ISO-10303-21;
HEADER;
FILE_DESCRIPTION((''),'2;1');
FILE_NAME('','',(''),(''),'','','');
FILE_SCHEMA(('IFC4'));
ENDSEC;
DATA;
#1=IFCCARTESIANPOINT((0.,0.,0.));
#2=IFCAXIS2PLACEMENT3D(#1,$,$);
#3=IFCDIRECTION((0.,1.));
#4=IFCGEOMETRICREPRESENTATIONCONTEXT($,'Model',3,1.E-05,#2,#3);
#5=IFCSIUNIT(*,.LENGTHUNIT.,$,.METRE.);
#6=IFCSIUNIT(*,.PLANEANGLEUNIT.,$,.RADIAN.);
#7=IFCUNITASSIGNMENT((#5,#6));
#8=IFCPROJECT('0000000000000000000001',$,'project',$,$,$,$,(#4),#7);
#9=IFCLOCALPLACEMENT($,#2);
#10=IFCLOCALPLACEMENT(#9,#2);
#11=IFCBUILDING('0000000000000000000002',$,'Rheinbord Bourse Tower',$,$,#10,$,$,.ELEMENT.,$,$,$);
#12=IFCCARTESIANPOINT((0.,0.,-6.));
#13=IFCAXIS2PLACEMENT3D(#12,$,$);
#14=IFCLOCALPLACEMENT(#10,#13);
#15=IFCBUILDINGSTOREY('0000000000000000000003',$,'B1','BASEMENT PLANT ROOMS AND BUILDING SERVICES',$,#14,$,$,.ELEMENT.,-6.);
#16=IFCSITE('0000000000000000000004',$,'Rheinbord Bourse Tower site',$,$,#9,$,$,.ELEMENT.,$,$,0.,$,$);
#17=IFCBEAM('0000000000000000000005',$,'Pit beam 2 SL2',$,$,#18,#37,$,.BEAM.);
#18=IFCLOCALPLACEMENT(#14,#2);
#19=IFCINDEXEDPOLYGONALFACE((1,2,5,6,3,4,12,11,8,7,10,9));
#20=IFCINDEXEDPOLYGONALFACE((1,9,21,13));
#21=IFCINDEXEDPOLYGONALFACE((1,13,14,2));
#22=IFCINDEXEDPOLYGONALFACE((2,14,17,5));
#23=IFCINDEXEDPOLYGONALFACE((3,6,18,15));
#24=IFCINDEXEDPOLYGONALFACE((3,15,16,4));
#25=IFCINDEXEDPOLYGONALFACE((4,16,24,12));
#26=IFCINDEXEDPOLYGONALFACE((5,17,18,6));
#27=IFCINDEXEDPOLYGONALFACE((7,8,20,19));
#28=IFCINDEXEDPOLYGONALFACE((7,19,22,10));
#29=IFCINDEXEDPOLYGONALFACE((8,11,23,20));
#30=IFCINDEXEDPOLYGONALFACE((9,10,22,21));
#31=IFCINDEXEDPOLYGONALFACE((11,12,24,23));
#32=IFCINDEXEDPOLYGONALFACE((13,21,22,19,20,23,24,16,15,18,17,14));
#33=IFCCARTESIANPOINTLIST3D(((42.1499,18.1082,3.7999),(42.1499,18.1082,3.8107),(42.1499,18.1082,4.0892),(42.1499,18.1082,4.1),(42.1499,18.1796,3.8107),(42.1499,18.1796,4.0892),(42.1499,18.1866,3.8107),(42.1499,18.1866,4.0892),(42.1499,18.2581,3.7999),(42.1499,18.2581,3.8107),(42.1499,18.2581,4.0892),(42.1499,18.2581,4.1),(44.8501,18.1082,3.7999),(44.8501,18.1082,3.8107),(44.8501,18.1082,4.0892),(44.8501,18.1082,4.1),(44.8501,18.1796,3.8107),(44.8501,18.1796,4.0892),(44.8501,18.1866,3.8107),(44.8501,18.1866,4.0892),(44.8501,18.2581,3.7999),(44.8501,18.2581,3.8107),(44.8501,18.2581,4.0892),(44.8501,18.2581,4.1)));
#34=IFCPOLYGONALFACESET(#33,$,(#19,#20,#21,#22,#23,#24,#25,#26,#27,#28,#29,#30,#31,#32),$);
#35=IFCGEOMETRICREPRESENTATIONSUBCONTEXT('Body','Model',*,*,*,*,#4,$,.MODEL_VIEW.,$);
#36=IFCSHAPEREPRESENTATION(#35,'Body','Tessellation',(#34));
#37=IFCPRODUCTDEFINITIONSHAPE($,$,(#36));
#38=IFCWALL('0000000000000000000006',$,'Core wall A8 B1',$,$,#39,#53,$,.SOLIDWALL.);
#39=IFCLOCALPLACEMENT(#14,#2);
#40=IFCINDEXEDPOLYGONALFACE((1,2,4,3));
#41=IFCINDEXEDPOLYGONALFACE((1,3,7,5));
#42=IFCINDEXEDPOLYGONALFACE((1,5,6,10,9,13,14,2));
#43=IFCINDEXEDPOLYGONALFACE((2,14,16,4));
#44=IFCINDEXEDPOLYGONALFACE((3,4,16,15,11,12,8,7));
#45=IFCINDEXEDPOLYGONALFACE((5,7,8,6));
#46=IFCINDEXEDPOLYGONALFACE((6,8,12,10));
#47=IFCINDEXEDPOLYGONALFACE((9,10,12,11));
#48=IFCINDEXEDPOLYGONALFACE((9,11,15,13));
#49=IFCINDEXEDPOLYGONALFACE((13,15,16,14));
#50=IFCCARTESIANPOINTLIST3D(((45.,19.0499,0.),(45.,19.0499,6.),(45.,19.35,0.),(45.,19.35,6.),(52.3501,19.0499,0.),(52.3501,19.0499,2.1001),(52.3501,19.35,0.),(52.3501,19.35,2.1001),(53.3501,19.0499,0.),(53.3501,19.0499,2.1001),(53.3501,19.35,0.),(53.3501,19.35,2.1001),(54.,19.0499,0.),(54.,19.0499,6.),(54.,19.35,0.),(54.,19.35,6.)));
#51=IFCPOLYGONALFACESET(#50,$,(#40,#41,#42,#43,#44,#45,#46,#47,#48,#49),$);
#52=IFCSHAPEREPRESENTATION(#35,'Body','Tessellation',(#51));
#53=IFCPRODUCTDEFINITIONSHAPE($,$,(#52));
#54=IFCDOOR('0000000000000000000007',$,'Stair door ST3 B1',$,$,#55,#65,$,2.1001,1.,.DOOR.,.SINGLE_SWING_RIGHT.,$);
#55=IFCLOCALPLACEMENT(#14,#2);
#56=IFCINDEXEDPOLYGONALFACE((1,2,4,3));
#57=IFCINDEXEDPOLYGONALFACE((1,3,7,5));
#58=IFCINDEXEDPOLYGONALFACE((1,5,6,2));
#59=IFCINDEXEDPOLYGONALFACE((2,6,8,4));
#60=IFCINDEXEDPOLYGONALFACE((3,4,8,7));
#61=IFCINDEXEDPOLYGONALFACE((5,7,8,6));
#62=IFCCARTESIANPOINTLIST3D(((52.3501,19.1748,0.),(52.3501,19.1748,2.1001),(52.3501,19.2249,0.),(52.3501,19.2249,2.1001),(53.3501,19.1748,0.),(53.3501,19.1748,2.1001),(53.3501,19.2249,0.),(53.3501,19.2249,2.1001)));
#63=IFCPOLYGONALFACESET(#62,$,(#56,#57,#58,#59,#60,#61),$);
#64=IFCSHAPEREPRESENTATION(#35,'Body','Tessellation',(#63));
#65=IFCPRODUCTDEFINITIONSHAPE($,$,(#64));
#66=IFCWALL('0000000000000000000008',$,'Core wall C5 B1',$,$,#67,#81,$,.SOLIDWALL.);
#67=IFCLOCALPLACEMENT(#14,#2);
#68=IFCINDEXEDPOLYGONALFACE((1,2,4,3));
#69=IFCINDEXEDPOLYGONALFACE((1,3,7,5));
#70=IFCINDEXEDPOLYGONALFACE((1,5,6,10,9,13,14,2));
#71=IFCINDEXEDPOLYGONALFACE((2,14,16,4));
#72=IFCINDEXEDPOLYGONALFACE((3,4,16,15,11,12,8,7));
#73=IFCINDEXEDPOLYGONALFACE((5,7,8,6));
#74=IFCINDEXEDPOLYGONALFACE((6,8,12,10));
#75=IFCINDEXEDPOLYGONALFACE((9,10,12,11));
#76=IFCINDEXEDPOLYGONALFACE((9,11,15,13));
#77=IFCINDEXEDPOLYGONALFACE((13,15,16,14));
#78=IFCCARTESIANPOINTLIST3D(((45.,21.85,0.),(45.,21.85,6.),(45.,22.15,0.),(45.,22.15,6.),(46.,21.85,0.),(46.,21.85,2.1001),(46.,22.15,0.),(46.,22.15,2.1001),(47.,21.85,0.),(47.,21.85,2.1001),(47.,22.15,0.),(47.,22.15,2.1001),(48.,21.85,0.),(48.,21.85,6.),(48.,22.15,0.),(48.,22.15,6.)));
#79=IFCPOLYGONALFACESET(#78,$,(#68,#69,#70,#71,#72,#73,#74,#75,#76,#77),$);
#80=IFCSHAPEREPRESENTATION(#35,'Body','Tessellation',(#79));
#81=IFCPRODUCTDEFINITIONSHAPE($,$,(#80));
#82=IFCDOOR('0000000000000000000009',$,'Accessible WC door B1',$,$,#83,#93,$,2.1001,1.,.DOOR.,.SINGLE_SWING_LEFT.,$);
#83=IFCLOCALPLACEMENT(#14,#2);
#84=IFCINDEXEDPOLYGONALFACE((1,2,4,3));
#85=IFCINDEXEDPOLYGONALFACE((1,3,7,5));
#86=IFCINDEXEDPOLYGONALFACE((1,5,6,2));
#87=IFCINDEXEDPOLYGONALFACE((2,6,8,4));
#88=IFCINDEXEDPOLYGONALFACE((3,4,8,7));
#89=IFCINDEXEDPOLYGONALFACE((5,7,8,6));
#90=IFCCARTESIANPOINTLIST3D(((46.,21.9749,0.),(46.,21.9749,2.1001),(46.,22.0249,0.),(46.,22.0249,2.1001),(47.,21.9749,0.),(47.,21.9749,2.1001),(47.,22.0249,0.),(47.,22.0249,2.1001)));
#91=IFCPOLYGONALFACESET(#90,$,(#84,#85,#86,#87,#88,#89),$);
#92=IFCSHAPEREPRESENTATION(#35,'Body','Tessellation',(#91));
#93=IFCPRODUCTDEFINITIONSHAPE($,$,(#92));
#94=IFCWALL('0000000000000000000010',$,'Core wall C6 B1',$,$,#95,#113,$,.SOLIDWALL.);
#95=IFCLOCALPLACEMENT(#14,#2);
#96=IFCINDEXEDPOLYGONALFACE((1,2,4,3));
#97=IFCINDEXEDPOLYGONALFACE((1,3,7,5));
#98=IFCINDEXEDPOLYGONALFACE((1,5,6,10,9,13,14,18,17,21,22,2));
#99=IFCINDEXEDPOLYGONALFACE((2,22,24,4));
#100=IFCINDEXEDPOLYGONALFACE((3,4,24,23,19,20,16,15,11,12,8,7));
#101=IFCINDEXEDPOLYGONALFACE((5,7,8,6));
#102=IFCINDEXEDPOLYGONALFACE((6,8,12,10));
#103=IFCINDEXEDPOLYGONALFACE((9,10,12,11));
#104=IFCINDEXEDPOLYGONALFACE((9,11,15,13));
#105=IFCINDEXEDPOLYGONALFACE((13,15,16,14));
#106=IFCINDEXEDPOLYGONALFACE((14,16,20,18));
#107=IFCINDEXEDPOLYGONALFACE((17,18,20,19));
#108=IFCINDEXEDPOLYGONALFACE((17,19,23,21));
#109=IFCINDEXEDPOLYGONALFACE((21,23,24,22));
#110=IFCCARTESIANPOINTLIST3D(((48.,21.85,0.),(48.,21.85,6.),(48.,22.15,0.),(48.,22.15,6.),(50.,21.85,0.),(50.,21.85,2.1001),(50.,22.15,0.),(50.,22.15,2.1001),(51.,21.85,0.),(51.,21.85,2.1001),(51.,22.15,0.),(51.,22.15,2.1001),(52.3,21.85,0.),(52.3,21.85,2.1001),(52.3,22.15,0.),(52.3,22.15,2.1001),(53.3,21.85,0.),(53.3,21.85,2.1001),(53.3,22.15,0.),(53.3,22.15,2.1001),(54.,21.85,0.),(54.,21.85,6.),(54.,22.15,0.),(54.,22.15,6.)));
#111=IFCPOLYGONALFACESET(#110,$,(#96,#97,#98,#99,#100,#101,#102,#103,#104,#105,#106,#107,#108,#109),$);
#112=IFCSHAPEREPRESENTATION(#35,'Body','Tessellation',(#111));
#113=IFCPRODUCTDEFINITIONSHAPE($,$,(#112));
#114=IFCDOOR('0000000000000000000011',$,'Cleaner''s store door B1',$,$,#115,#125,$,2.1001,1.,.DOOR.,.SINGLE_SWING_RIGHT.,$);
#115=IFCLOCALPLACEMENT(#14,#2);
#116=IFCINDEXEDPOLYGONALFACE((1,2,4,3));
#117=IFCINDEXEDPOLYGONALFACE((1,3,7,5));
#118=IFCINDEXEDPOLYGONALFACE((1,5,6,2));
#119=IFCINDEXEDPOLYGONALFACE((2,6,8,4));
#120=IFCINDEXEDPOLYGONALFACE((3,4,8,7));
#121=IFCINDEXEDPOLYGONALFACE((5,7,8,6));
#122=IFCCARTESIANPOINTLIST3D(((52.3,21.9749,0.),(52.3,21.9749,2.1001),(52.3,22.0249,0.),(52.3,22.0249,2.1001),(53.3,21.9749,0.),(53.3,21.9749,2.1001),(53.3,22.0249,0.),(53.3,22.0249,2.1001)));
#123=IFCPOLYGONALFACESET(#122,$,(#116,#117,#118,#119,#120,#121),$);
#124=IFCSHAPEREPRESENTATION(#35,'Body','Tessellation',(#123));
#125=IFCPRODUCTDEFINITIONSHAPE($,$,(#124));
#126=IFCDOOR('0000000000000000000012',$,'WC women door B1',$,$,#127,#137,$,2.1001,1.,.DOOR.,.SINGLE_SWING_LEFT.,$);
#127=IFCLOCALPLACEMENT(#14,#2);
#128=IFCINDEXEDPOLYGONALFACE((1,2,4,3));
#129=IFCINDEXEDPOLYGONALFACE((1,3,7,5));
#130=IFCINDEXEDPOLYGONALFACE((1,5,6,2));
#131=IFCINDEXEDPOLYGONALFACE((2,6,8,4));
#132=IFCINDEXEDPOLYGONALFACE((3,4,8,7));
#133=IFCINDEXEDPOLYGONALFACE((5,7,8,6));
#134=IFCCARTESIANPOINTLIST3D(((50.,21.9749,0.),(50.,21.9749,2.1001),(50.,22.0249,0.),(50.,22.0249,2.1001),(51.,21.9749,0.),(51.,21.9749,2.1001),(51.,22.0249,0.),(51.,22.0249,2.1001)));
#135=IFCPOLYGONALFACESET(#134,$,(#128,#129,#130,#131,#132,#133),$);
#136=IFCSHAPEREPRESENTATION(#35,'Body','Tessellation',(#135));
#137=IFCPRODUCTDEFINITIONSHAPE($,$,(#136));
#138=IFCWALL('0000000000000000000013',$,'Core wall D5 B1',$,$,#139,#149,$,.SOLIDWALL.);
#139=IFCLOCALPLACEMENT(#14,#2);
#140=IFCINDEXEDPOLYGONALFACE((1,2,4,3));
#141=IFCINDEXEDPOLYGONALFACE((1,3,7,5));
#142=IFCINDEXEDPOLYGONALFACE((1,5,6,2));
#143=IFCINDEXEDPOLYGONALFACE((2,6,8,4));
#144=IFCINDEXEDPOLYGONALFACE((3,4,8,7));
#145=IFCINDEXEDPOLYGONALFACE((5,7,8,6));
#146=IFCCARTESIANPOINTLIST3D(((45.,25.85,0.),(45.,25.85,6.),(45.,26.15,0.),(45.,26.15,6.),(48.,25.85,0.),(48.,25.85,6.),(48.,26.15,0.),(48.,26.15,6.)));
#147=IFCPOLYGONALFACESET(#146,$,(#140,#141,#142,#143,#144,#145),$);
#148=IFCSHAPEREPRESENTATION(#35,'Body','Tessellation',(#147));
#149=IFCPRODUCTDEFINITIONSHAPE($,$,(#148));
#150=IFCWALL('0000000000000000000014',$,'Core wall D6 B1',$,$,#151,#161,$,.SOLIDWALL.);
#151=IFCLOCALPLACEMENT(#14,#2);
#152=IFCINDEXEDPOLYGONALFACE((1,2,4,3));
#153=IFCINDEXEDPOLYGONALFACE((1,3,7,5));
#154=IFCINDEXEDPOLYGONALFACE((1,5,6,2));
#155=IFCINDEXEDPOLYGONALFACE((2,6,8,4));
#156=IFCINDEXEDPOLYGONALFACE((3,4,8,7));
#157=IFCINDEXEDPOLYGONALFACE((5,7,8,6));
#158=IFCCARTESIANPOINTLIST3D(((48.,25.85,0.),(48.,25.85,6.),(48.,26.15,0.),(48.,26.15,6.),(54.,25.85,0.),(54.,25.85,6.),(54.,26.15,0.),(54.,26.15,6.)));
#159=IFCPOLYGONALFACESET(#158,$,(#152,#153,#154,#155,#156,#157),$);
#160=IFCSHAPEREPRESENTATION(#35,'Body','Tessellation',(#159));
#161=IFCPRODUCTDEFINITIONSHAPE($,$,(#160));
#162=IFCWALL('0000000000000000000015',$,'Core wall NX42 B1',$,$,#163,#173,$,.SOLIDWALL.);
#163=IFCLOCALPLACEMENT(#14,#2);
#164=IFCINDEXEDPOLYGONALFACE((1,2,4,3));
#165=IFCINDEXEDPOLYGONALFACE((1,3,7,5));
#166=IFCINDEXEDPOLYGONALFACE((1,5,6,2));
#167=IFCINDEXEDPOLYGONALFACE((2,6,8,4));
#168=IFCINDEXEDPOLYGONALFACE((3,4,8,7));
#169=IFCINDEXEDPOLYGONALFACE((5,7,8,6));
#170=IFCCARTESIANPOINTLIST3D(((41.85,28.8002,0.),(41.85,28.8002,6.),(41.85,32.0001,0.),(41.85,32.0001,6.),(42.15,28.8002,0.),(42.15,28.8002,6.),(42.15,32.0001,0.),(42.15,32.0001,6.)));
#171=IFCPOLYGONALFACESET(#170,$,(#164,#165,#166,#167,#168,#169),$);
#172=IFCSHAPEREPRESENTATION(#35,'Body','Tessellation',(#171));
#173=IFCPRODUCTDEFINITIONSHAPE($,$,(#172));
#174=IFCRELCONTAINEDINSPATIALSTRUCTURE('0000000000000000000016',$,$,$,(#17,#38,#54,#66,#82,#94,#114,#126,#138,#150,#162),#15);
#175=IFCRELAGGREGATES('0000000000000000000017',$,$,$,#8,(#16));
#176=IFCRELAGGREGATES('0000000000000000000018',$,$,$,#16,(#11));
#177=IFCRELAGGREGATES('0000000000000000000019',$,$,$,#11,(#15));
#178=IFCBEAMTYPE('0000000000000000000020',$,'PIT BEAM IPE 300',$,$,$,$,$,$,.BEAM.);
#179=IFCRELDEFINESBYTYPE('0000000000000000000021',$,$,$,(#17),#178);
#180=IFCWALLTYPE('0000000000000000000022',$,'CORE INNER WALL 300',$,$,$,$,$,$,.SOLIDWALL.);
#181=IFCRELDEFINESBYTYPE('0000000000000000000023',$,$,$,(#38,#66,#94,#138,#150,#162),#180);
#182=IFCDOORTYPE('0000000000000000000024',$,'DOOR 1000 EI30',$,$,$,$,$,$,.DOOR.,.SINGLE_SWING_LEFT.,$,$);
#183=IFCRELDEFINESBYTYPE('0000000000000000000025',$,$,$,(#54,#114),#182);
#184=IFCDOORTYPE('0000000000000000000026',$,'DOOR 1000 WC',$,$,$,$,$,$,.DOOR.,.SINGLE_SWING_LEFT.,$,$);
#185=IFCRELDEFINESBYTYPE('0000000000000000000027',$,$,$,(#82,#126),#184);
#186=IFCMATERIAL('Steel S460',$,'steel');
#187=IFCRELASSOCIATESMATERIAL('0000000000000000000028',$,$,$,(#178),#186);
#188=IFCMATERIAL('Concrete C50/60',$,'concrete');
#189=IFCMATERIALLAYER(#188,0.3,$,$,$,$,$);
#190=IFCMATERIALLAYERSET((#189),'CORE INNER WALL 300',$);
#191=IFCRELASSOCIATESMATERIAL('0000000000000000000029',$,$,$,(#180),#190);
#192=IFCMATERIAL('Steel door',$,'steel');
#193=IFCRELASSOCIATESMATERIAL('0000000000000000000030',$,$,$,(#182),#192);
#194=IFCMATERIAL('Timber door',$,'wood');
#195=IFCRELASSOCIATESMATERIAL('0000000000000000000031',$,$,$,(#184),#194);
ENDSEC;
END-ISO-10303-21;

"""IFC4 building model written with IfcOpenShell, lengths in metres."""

from ifc_helpers import new_model, si_unit, direction, frame, frame_2d, origin, origin_2d, place, context, subcontext, project, spatial, rectangle, i_section, extrude, material, layer, layer_set, material_profile, profile_set, type_object, element, fill, save


model = new_model("IFC4")

# Units and contexts
model_context = context("Model", 3, precision=1e-05, world=origin(), true_north=direction((0.0, 1.0)))
body_context = subcontext(model_context, "Body", "Model", "MODEL_VIEW")
ifc_project = project(units=[si_unit("LENGTHUNIT", "METRE"), si_unit("PLANEANGLEUNIT", "RADIAN")], contexts=[model_context])

# Site, building, storey
site_placement = place(None, origin())
site = spatial("IfcSite", under=ifc_project, at=site_placement, Name="Rheinbord Bourse Tower site", CompositionType="ELEMENT", RefElevation=0.0)
building_placement = place(site_placement, origin())
building = spatial("IfcBuilding", under=site, at=building_placement, Name="Rheinbord Bourse Tower", CompositionType="ELEMENT")
storey_placement = place(building_placement, frame((0.0, 0.0, -6.0)))
storey = spatial("IfcBuildingStorey", under=building, at=storey_placement, Name="B1", Description="BASEMENT PLANT ROOMS AND BUILDING SERVICES", CompositionType="ELEMENT", Elevation=-6.0)

# Beam
ifc_material_1 = material(Name="Steel S460", Category="steel")
ifc_material_profile_1 = material_profile(ifc_material_1, i_section(OverallWidth=0.1499, OverallDepth=0.3, WebThickness=0.0071, FlangeThickness=0.0107, at=origin_2d()), Name="IPE 300")
ifc_profile_set_1 = profile_set([ifc_material_profile_1], Name="Steel S460")
beam_type = type_object("IfcBeamType", Name="PIT BEAM IPE 300", PredefinedType="BEAM", material=ifc_profile_set_1)
for number, where, z_axis, x_axis, name in (
    (1, (42.1499, 18.1831, 3.95), (1.0, 0.0, 0.0), (0.0, 1.0, 0.0), "Pit beam 2 SL2"),
):
    element("IfcBeam", number, at=place(storey_placement, frame(where, z_axis=z_axis, x_axis=x_axis)), inside=storey, type_object=beam_type, Name=name, PredefinedType="BEAM", context=body_context, shape_type="SweptSolid", body=[
        extrude(i_section(OverallWidth=0.1499, OverallDepth=0.3, WebThickness=0.0071, FlangeThickness=0.0107, at=origin_2d()), origin(), (0.0, 0.0, 1.0), 2.7002),
    ])

# Walls, openings, doors
ifc_material_2 = material(Name="Concrete C50/60", Category="concrete")
ifc_layer = layer(ifc_material_2, 0.3)
ifc_layer_set = layer_set([ifc_layer], Name="CORE INNER WALL 300")
wall_type = type_object("IfcWallType", Name="CORE INNER WALL 300", PredefinedType="SOLIDWALL", material=ifc_layer_set)
wall_1_placement = place(storey_placement, frame((45.0, 19.2, 0.0), z_axis=(0.0, 0.0, 1.0), x_axis=(1.0, 0.0, 0.0)))
wall_1 = element("IfcWall", 2, at=wall_1_placement, inside=storey, type_object=wall_type, Name="Core wall A8 B1", PredefinedType="SOLIDWALL", context=body_context, shape_type="SweptSolid", body=[
    extrude(rectangle(XDim=9.0, YDim=0.3, at=frame_2d((4.5, 0.0))), origin(), (0.0, 0.0, 1.0), 6.0),
])
opening_1_placement = place(wall_1_placement, frame((7.3501, 0.0, 0.0)))
opening_1 = element("IfcOpeningElement", 3, at=opening_1_placement, cuts=wall_1, PredefinedType="OPENING", context=body_context, shape_type="SweptSolid", body=[
    extrude(rectangle(XDim=1.0, YDim=2.1001, at=frame_2d((0.5, 1.05))), frame((0.0, 0.1599, 0.0), z_axis=(0.0, -1.0, 0.0), x_axis=(1.0, 0.0, 0.0)), (0.0, 0.0, 1.0), 0.3201),
])
ifc_material_3 = material(Name="Steel door", Category="steel")
door_type_1 = type_object("IfcDoorType", Name="DOOR 1000 EI30", OperationType="SINGLE_SWING_LEFT", PredefinedType="DOOR", material=ifc_material_3)
door_1_placement = place(opening_1_placement, origin())
door_1 = element("IfcDoor", 4, at=door_1_placement, inside=storey, type_object=door_type_1, Name="Stair door ST3 B1", OperationType="SINGLE_SWING_RIGHT", OverallHeight=2.1001, OverallWidth=1.0, PredefinedType="DOOR", context=body_context, shape_type="SweptSolid", body=[
    extrude(rectangle(XDim=1.0, YDim=2.1001, at=frame_2d((0.5, 1.05))), frame((0.0, 0.0249, 0.0), z_axis=(0.0, -1.0, 0.0), x_axis=(1.0, 0.0, 0.0)), (0.0, 0.0, 1.0), 0.05),
])
fill(opening_1, door_1)
wall_2_placement = place(storey_placement, frame((45.0, 22.0, 0.0), z_axis=(0.0, 0.0, 1.0), x_axis=(1.0, 0.0, 0.0)))
wall_2 = element("IfcWall", 5, at=wall_2_placement, inside=storey, type_object=wall_type, Name="Core wall C5 B1", PredefinedType="SOLIDWALL", context=body_context, shape_type="SweptSolid", body=[
    extrude(rectangle(XDim=3.0, YDim=0.3, at=frame_2d((1.5, 0.0))), origin(), (0.0, 0.0, 1.0), 6.0),
])
opening_2_placement = place(wall_2_placement, frame((1.0, 0.0, 0.0)))
opening_2 = element("IfcOpeningElement", 6, at=opening_2_placement, cuts=wall_2, PredefinedType="OPENING", context=body_context, shape_type="SweptSolid", body=[
    extrude(rectangle(XDim=1.0, YDim=2.1001, at=frame_2d((0.5, 1.05))), frame((0.0, 0.1599, 0.0), z_axis=(0.0, -1.0, 0.0), x_axis=(1.0, 0.0, 0.0)), (0.0, 0.0, 1.0), 0.3201),
])
ifc_material_4 = material(Name="Timber door", Category="wood")
door_type_2 = type_object("IfcDoorType", Name="DOOR 1000 WC", OperationType="SINGLE_SWING_LEFT", PredefinedType="DOOR", material=ifc_material_4)
door_2_placement = place(opening_2_placement, origin())
door_2 = element("IfcDoor", 7, at=door_2_placement, inside=storey, type_object=door_type_2, Name="Accessible WC door B1", OperationType="SINGLE_SWING_LEFT", OverallHeight=2.1001, OverallWidth=1.0, PredefinedType="DOOR", context=body_context, shape_type="SweptSolid", body=[
    extrude(rectangle(XDim=1.0, YDim=2.1001, at=frame_2d((0.5, 1.05))), frame((0.0, 0.0249, 0.0), z_axis=(0.0, -1.0, 0.0), x_axis=(1.0, 0.0, 0.0)), (0.0, 0.0, 1.0), 0.05),
])
fill(opening_2, door_2)

# Wall, openings, doors
wall_3_placement = place(storey_placement, frame((48.0, 22.0, 0.0), z_axis=(0.0, 0.0, 1.0), x_axis=(1.0, 0.0, 0.0)))
wall_3 = element("IfcWall", 8, at=wall_3_placement, inside=storey, type_object=wall_type, Name="Core wall C6 B1", PredefinedType="SOLIDWALL", context=body_context, shape_type="SweptSolid", body=[
    extrude(rectangle(XDim=6.0, YDim=0.3, at=frame_2d((3.0, 0.0))), origin(), (0.0, 0.0, 1.0), 6.0),
])
opening_3_placement = place(wall_3_placement, frame((2.0, 0.0, 0.0)))
opening_3 = element("IfcOpeningElement", 9, at=opening_3_placement, cuts=wall_3, PredefinedType="OPENING", context=body_context, shape_type="SweptSolid", body=[
    extrude(rectangle(XDim=1.0, YDim=2.1001, at=frame_2d((0.5, 1.05))), frame((0.0, 0.1599, 0.0), z_axis=(0.0, -1.0, 0.0), x_axis=(1.0, 0.0, 0.0)), (0.0, 0.0, 1.0), 0.3201),
])
opening_4_placement = place(wall_3_placement, frame((4.3, 0.0, 0.0)))
opening_4 = element("IfcOpeningElement", 10, at=opening_4_placement, cuts=wall_3, PredefinedType="OPENING", context=body_context, shape_type="SweptSolid", body=[
    extrude(rectangle(XDim=1.0, YDim=2.1001, at=frame_2d((0.5, 1.05))), frame((0.0, 0.1599, 0.0), z_axis=(0.0, -1.0, 0.0), x_axis=(1.0, 0.0, 0.0)), (0.0, 0.0, 1.0), 0.3201),
])
door_3_placement = place(opening_4_placement, origin())
door_3 = element("IfcDoor", 11, at=door_3_placement, inside=storey, type_object=door_type_1, Name="Cleaner's store door B1", OperationType="SINGLE_SWING_RIGHT", OverallHeight=2.1001, OverallWidth=1.0, PredefinedType="DOOR", context=body_context, shape_type="SweptSolid", body=[
    extrude(rectangle(XDim=1.0, YDim=2.1001, at=frame_2d((0.5, 1.05))), frame((0.0, 0.0249, 0.0), z_axis=(0.0, -1.0, 0.0), x_axis=(1.0, 0.0, 0.0)), (0.0, 0.0, 1.0), 0.05),
])
fill(opening_4, door_3)
door_4_placement = place(opening_3_placement, origin())
door_4 = element("IfcDoor", 12, at=door_4_placement, inside=storey, type_object=door_type_2, Name="WC women door B1", OperationType="SINGLE_SWING_LEFT", OverallHeight=2.1001, OverallWidth=1.0, PredefinedType="DOOR", context=body_context, shape_type="SweptSolid", body=[
    extrude(rectangle(XDim=1.0, YDim=2.1001, at=frame_2d((0.5, 1.05))), frame((0.0, 0.0249, 0.0), z_axis=(0.0, -1.0, 0.0), x_axis=(1.0, 0.0, 0.0)), (0.0, 0.0, 1.0), 0.05),
])
fill(opening_3, door_4)

# Walls
wall_4_placement = place(storey_placement, frame((45.0, 26.0, 0.0), z_axis=(0.0, 0.0, 1.0), x_axis=(1.0, 0.0, 0.0)))
element("IfcWall", 13, at=wall_4_placement, inside=storey, type_object=wall_type, Name="Core wall D5 B1", PredefinedType="SOLIDWALL", context=body_context, shape_type="SweptSolid", body=[
    extrude(rectangle(XDim=3.0, YDim=0.3, at=frame_2d((1.5, 0.0))), origin(), (0.0, 0.0, 1.0), 6.0),
])
wall_5_placement = place(storey_placement, frame((48.0, 26.0, 0.0), z_axis=(0.0, 0.0, 1.0), x_axis=(1.0, 0.0, 0.0)))
element("IfcWall", 14, at=wall_5_placement, inside=storey, type_object=wall_type, Name="Core wall D6 B1", PredefinedType="SOLIDWALL", context=body_context, shape_type="SweptSolid", body=[
    extrude(rectangle(XDim=6.0, YDim=0.3, at=frame_2d((3.0, 0.0))), origin(), (0.0, 0.0, 1.0), 6.0),
])
wall_6_placement = place(storey_placement, frame((42.0, 28.8, 0.0), z_axis=(0.0, 0.0, 1.0), x_axis=(0.0, 1.0, 0.0)))
element("IfcWall", 15, at=wall_6_placement, inside=storey, type_object=wall_type, Name="Core wall NX42 B1", PredefinedType="SOLIDWALL", context=body_context, shape_type="SweptSolid", body=[
    extrude(rectangle(XDim=3.2, YDim=0.3, at=frame_2d((1.6001, 0.0))), origin(), (0.0, 0.0, 1.0), 6.0),
])

save(model, "model.ifc")
